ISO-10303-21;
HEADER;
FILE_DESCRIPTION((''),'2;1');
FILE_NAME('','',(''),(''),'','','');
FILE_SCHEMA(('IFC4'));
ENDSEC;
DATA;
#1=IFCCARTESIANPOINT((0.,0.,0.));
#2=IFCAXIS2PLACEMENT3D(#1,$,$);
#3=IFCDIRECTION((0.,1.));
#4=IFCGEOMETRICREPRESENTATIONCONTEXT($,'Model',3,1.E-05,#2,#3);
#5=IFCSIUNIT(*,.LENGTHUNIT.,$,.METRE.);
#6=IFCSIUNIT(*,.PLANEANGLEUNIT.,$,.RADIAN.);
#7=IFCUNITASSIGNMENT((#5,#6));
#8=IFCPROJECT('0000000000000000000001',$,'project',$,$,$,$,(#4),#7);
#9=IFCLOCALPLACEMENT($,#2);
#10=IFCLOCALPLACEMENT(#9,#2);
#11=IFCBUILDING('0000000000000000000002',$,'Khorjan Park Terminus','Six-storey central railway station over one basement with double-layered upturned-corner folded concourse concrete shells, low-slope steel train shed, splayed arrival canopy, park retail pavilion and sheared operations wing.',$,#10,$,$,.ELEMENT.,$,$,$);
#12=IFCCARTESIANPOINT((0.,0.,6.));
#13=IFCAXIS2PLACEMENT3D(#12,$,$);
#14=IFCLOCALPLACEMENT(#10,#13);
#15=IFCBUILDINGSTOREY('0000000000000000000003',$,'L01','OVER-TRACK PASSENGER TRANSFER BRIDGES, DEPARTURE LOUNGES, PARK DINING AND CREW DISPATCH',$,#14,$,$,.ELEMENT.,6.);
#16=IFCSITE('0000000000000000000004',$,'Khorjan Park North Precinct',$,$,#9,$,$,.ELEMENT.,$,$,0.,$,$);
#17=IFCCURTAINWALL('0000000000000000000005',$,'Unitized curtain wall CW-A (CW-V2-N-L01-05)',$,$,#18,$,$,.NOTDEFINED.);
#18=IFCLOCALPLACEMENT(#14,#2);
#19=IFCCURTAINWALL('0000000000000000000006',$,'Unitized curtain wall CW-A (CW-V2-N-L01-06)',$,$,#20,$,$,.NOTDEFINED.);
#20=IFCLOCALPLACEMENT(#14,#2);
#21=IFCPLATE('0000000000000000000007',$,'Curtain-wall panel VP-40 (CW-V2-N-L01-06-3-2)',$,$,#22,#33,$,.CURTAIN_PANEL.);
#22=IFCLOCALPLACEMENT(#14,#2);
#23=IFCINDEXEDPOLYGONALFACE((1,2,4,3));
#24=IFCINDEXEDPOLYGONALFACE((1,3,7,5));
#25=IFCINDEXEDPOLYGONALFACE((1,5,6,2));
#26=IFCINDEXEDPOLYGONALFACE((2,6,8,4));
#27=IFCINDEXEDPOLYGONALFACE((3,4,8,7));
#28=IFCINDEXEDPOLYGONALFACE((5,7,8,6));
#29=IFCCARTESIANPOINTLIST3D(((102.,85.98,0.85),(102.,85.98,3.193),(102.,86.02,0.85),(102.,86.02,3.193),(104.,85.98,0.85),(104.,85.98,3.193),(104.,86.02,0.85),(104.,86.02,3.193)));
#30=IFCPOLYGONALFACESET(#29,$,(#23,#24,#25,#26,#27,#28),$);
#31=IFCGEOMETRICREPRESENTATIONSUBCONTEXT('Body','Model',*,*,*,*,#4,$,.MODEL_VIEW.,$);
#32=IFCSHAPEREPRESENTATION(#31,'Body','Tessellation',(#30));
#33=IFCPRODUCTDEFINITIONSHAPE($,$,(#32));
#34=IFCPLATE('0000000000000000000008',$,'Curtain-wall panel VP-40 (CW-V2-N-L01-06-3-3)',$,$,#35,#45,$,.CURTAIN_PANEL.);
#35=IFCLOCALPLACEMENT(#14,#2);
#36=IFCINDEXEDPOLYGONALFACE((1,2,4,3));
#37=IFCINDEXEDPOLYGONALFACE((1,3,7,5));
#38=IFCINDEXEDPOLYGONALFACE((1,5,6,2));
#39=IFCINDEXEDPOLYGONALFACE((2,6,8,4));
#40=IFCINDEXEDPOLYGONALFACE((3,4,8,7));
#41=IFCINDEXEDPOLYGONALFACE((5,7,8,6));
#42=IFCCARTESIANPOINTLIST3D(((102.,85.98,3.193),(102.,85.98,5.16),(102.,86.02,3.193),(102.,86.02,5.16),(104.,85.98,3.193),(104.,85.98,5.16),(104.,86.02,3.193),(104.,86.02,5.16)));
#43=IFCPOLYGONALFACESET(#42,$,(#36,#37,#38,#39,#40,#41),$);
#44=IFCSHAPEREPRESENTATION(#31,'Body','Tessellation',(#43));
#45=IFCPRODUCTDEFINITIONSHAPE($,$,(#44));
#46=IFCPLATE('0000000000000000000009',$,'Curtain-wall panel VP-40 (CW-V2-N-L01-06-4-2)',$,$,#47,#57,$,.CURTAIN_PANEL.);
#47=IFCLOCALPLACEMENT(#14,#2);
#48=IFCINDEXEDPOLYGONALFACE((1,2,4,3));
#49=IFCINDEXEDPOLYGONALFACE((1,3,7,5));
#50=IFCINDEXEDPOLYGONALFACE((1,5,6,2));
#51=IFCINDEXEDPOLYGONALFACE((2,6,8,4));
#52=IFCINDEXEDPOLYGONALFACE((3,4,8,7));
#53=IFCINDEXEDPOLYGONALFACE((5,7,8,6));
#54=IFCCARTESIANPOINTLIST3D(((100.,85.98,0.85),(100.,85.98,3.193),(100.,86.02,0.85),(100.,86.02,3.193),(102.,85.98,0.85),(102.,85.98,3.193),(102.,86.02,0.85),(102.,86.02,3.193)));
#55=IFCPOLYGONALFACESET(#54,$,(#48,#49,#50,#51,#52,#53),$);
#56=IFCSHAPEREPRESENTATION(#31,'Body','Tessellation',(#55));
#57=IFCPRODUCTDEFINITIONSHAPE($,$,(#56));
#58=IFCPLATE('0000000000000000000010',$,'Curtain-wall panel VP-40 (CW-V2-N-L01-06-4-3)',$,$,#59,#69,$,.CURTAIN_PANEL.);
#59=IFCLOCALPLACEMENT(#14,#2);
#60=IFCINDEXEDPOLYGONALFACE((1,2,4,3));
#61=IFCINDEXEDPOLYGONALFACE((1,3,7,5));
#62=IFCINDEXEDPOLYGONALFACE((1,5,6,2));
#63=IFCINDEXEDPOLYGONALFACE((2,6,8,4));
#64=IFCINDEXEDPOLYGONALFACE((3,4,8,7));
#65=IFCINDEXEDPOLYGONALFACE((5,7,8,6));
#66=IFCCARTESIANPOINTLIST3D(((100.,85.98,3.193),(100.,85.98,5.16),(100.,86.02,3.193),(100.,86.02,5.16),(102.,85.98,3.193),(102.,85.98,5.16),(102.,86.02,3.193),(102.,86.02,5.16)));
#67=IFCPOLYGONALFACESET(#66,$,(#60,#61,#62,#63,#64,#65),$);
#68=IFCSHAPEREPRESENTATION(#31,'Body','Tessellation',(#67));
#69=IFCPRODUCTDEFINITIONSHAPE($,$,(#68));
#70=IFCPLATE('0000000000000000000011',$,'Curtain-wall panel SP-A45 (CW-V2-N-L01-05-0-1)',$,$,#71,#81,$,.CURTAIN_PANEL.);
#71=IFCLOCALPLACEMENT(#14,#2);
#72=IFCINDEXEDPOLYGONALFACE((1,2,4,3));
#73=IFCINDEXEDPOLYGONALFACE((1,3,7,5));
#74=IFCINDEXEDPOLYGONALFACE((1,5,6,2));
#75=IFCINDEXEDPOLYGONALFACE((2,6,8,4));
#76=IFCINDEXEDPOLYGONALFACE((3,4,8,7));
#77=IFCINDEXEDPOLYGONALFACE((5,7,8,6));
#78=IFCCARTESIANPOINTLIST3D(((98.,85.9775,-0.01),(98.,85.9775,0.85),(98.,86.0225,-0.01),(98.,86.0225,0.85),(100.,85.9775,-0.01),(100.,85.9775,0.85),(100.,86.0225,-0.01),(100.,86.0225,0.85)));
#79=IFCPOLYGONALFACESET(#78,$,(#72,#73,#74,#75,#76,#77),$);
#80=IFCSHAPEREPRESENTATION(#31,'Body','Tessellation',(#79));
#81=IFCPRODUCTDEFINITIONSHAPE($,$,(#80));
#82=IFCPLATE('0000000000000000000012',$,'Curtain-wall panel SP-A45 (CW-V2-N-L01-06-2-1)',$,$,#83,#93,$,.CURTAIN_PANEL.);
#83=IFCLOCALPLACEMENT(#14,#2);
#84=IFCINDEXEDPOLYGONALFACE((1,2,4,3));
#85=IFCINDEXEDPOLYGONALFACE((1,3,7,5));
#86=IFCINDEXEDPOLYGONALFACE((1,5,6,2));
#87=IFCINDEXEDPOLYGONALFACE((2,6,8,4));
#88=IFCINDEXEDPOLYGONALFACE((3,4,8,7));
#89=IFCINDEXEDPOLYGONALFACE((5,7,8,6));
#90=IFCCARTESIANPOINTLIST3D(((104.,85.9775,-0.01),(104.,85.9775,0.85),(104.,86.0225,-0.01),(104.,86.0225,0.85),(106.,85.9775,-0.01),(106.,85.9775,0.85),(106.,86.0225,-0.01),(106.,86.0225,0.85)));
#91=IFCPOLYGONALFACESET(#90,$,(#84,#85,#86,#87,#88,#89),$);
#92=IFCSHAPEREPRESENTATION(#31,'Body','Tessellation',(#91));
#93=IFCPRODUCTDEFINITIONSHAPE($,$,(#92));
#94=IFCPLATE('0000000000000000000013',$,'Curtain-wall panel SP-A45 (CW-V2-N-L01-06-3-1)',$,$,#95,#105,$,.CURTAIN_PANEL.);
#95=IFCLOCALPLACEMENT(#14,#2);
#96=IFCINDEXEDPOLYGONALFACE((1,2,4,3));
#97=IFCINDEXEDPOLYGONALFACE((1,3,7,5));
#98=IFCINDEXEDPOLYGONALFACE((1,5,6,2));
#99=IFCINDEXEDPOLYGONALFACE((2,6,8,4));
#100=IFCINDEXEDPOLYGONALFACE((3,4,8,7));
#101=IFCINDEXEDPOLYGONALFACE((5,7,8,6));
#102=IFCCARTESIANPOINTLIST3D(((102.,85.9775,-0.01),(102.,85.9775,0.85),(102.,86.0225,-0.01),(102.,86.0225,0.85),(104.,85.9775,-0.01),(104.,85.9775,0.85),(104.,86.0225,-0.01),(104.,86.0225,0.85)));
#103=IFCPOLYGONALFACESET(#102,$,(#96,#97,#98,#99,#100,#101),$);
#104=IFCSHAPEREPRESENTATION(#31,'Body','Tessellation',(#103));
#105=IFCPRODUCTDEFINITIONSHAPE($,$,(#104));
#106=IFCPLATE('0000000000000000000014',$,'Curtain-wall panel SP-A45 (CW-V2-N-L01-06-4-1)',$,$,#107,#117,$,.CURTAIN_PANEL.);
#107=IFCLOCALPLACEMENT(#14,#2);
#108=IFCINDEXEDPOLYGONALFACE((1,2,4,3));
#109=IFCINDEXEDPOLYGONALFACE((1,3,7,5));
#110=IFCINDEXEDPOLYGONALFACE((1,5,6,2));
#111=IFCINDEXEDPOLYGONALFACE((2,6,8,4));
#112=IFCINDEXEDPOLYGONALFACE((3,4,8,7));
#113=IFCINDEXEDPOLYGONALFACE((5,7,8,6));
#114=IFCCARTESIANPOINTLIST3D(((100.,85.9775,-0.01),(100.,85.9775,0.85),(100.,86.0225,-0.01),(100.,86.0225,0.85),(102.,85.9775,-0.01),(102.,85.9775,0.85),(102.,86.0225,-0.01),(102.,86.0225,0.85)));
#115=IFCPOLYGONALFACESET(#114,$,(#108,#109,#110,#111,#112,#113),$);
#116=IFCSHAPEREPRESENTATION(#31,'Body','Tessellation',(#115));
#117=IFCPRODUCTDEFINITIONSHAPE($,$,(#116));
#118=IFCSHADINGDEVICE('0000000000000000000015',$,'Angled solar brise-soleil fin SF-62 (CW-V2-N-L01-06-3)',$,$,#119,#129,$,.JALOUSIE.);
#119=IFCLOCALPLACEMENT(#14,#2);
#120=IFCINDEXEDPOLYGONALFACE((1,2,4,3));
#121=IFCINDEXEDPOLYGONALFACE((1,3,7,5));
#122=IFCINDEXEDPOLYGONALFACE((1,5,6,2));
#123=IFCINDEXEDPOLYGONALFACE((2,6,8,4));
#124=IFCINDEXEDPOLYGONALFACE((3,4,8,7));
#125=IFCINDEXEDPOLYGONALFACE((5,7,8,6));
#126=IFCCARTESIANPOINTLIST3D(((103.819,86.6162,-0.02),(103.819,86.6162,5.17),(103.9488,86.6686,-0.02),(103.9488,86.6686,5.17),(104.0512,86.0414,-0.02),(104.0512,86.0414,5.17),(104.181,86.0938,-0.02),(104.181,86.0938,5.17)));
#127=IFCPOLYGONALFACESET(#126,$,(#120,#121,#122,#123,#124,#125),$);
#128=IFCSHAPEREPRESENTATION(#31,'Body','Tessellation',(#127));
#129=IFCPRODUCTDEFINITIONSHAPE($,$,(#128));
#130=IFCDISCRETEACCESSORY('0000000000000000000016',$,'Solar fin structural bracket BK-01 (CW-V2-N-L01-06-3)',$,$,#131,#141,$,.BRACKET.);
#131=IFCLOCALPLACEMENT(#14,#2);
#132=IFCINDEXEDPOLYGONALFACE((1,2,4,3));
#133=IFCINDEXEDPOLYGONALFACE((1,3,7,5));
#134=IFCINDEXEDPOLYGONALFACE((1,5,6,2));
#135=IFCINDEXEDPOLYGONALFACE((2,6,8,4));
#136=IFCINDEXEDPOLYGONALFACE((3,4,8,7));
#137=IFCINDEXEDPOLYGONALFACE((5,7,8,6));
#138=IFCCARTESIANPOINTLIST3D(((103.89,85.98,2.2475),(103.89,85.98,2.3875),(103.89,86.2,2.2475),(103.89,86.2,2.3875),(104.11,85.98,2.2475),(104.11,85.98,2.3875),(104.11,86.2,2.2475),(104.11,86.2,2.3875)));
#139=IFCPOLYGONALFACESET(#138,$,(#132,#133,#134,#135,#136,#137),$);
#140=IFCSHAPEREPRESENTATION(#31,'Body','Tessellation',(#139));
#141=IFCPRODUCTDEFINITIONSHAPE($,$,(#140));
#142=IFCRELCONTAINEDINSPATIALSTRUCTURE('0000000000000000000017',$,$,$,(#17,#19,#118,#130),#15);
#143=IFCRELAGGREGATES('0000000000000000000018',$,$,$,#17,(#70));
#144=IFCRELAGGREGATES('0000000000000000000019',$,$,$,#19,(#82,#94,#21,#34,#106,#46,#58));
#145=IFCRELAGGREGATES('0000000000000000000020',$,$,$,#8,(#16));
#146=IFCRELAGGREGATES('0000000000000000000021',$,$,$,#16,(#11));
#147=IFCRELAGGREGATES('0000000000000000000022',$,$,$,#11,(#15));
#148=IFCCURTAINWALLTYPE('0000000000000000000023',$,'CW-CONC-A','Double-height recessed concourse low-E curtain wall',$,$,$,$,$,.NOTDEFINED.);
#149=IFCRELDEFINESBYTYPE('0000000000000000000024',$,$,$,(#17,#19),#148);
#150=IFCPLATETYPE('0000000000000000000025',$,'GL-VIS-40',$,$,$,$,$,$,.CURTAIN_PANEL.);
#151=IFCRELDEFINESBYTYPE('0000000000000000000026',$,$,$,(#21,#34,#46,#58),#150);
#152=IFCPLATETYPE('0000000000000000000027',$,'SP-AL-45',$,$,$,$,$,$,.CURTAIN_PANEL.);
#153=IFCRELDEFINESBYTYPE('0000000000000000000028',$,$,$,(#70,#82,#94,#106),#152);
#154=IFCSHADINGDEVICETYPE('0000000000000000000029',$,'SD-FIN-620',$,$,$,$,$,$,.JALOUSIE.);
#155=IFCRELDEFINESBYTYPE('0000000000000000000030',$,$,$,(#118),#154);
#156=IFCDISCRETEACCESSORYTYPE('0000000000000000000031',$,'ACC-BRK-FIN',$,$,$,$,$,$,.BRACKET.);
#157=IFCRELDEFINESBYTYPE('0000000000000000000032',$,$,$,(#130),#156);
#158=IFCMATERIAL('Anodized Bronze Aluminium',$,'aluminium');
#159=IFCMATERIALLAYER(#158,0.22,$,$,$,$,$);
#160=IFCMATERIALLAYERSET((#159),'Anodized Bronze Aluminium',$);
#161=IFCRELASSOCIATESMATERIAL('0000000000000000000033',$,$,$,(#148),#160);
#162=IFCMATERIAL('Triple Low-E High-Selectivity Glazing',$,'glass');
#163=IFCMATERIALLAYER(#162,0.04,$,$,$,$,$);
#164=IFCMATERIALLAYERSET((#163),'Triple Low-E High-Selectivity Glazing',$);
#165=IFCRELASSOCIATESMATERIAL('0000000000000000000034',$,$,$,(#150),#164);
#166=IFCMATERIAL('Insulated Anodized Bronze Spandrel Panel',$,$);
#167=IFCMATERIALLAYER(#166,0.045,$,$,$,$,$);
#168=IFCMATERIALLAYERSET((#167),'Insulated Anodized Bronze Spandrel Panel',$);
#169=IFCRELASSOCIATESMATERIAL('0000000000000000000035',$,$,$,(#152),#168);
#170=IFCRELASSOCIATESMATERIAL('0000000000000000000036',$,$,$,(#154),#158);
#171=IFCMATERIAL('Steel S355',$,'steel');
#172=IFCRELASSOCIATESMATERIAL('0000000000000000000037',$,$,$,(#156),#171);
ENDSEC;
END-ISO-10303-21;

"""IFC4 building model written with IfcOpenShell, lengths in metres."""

from ifc_helpers import new_model, si_unit, direction, frame, origin, origin_2d, place, context, subcontext, project, spatial, rectangle, extrude, material, layer, layer_set, type_object, element, aggregate, save


model = new_model("IFC4")

# Units and contexts
model_context = context("Model", 3, precision=1e-05, world=origin(), true_north=direction((0.0, 1.0)))
body_context = subcontext(model_context, "Body", "Model", "MODEL_VIEW")
ifc_project = project(units=[si_unit("LENGTHUNIT", "METRE"), si_unit("PLANEANGLEUNIT", "RADIAN")], contexts=[model_context])

# Site, building, storey
site_placement = place(None, origin())
site = spatial("IfcSite", under=ifc_project, at=site_placement, Name="Khorjan Park North Precinct", CompositionType="ELEMENT", RefElevation=0.0)
building_placement = place(site_placement, origin())
building = spatial("IfcBuilding", under=site, at=building_placement, Name="Khorjan Park Terminus", Description="Six-storey central railway station over one basement with double-layered upturned-corner folded concourse concrete shells, low-slope steel train shed, splayed arrival canopy, park retail pavilion and sheared operations wing.", CompositionType="ELEMENT")
storey_placement = place(building_placement, frame((0.0, 0.0, 6.0)))
storey = spatial("IfcBuildingStorey", under=building, at=storey_placement, Name="L01", Description="OVER-TRACK PASSENGER TRANSFER BRIDGES, DEPARTURE LOUNGES, PARK DINING AND CREW DISPATCH", CompositionType="ELEMENT", Elevation=6.0)

# Curtain wall
ifc_material_1 = material(Name="Anodized Bronze Aluminium", Category="aluminium")
ifc_layer_1 = layer(ifc_material_1, 0.22)
ifc_layer_set_1 = layer_set([ifc_layer_1], Name="Anodized Bronze Aluminium")
curtain_wall_type = type_object("IfcCurtainWallType", Name="CW-CONC-A", Description="Double-height recessed concourse low-E curtain wall", PredefinedType="NOTDEFINED", material=ifc_layer_set_1)
curtain_wall_1_placement = place(storey_placement, origin())
curtain_wall_1 = element("IfcCurtainWall", 1, at=curtain_wall_1_placement, inside=storey, type_object=curtain_wall_type, Name="Unitized curtain wall CW-A (CW-V2-N-L01-05)", PredefinedType="NOTDEFINED")

# Curtain wall
curtain_wall_2_placement = place(storey_placement, origin())
curtain_wall_2 = element("IfcCurtainWall", 2, at=curtain_wall_2_placement, inside=storey, type_object=curtain_wall_type, Name="Unitized curtain wall CW-A (CW-V2-N-L01-06)", PredefinedType="NOTDEFINED")

# Plates
ifc_material_2 = material(Name="Triple Low-E High-Selectivity Glazing", Category="glass")
ifc_layer_2 = layer(ifc_material_2, 0.04)
ifc_layer_set_2 = layer_set([ifc_layer_2], Name="Triple Low-E High-Selectivity Glazing")
plate_type_1 = type_object("IfcPlateType", Name="GL-VIS-40", PredefinedType="CURTAIN_PANEL", material=ifc_layer_set_2)
plate_1_placement = place(storey_placement, frame((103.0, 86.0, 0.85), z_axis=(0.0, 0.0, 1.0), x_axis=(-1.0, 0.0, 0.0)))
plate_1 = element("IfcPlate", 3, at=plate_1_placement, type_object=plate_type_1, Name="Curtain-wall panel VP-40 (CW-V2-N-L01-06-3-2)", PredefinedType="CURTAIN_PANEL", context=body_context, shape_type="SweptSolid", body=[
    extrude(rectangle(XDim=2.0, YDim=0.04, at=origin_2d()), origin(), (0.0, 0.0, 1.0), 2.343),
])
plate_2_placement = place(storey_placement, frame((103.0, 86.0, 3.193), z_axis=(0.0, 0.0, 1.0), x_axis=(-1.0, 0.0, 0.0)))
plate_2 = element("IfcPlate", 4, at=plate_2_placement, type_object=plate_type_1, Name="Curtain-wall panel VP-40 (CW-V2-N-L01-06-3-3)", PredefinedType="CURTAIN_PANEL", context=body_context, shape_type="SweptSolid", body=[
    extrude(rectangle(XDim=2.0, YDim=0.04, at=origin_2d()), origin(), (0.0, 0.0, 1.0), 1.967),
])
plate_3_placement = place(storey_placement, frame((101.0, 86.0, 0.85), z_axis=(0.0, 0.0, 1.0), x_axis=(-1.0, 0.0, 0.0)))
plate_3 = element("IfcPlate", 5, at=plate_3_placement, type_object=plate_type_1, Name="Curtain-wall panel VP-40 (CW-V2-N-L01-06-4-2)", PredefinedType="CURTAIN_PANEL", context=body_context, shape_type="SweptSolid", body=[
    extrude(rectangle(XDim=2.0, YDim=0.04, at=origin_2d()), origin(), (0.0, 0.0, 1.0), 2.343),
])
plate_4_placement = place(storey_placement, frame((101.0, 86.0, 3.193), z_axis=(0.0, 0.0, 1.0), x_axis=(-1.0, 0.0, 0.0)))
plate_4 = element("IfcPlate", 6, at=plate_4_placement, type_object=plate_type_1, Name="Curtain-wall panel VP-40 (CW-V2-N-L01-06-4-3)", PredefinedType="CURTAIN_PANEL", context=body_context, shape_type="SweptSolid", body=[
    extrude(rectangle(XDim=2.0, YDim=0.04, at=origin_2d()), origin(), (0.0, 0.0, 1.0), 1.967),
])
ifc_material_3 = material(Name="Insulated Anodized Bronze Spandrel Panel")
ifc_layer_3 = layer(ifc_material_3, 0.045)
ifc_layer_set_3 = layer_set([ifc_layer_3], Name="Insulated Anodized Bronze Spandrel Panel")
plate_type_2 = type_object("IfcPlateType", Name="SP-AL-45", PredefinedType="CURTAIN_PANEL", material=ifc_layer_set_3)
plate_5_placement = place(storey_placement, frame((99.0, 86.0, -0.01), z_axis=(0.0, 0.0, 1.0), x_axis=(-1.0, 0.0, 0.0)))
plate_5 = element("IfcPlate", 7, at=plate_5_placement, type_object=plate_type_2, Name="Curtain-wall panel SP-A45 (CW-V2-N-L01-05-0-1)", PredefinedType="CURTAIN_PANEL", context=body_context, shape_type="SweptSolid", body=[
    extrude(rectangle(XDim=2.0, YDim=0.045, at=origin_2d()), origin(), (0.0, 0.0, 1.0), 0.86),
])
aggregate(curtain_wall_1, [plate_5])
plate_6_placement = place(storey_placement, frame((105.0, 86.0, -0.01), z_axis=(0.0, 0.0, 1.0), x_axis=(-1.0, 0.0, 0.0)))
plate_6 = element("IfcPlate", 8, at=plate_6_placement, type_object=plate_type_2, Name="Curtain-wall panel SP-A45 (CW-V2-N-L01-06-2-1)", PredefinedType="CURTAIN_PANEL", context=body_context, shape_type="SweptSolid", body=[
    extrude(rectangle(XDim=2.0, YDim=0.045, at=origin_2d()), origin(), (0.0, 0.0, 1.0), 0.86),
])
plate_7_placement = place(storey_placement, frame((103.0, 86.0, -0.01), z_axis=(0.0, 0.0, 1.0), x_axis=(-1.0, 0.0, 0.0)))
plate_7 = element("IfcPlate", 9, at=plate_7_placement, type_object=plate_type_2, Name="Curtain-wall panel SP-A45 (CW-V2-N-L01-06-3-1)", PredefinedType="CURTAIN_PANEL", context=body_context, shape_type="SweptSolid", body=[
    extrude(rectangle(XDim=2.0, YDim=0.045, at=origin_2d()), origin(), (0.0, 0.0, 1.0), 0.86),
])
plate_8_placement = place(storey_placement, frame((101.0, 86.0, -0.01), z_axis=(0.0, 0.0, 1.0), x_axis=(-1.0, 0.0, 0.0)))
plate_8 = element("IfcPlate", 10, at=plate_8_placement, type_object=plate_type_2, Name="Curtain-wall panel SP-A45 (CW-V2-N-L01-06-4-1)", PredefinedType="CURTAIN_PANEL", context=body_context, shape_type="SweptSolid", body=[
    extrude(rectangle(XDim=2.0, YDim=0.045, at=origin_2d()), origin(), (0.0, 0.0, 1.0), 0.86),
])
aggregate(curtain_wall_2, [plate_6, plate_7, plate_1, plate_2, plate_8, plate_3, plate_4])

# Shading device
shading_device_type = type_object("IfcShadingDeviceType", Name="SD-FIN-620", PredefinedType="JALOUSIE", material=ifc_material_1)
shading_device_placement = place(storey_placement, frame((104.0, 86.355, -0.02), z_axis=(0.0, 0.0, 1.0), x_axis=(0.374607, -0.927184, 0.0)))
element("IfcShadingDevice", 11, at=shading_device_placement, inside=storey, type_object=shading_device_type, Name="Angled solar brise-soleil fin SF-62 (CW-V2-N-L01-06-3)", PredefinedType="JALOUSIE", context=body_context, shape_type="SweptSolid", body=[
    extrude(rectangle(XDim=0.62, YDim=0.14, at=origin_2d()), origin(), (0.0, 0.0, 1.0), 5.19),
])

# Discrete accessory
ifc_material_4 = material(Name="Steel S355", Category="steel")
discrete_accessory_type = type_object("IfcDiscreteAccessoryType", Name="ACC-BRK-FIN", PredefinedType="BRACKET", material=ifc_material_4)
discrete_accessory_placement = place(storey_placement, frame((104.0, 86.09, 2.2475), z_axis=(0.0, 0.0, 1.0), x_axis=(-1.0, 0.0, 0.0)))
element("IfcDiscreteAccessory", 12, at=discrete_accessory_placement, inside=storey, type_object=discrete_accessory_type, Name="Solar fin structural bracket BK-01 (CW-V2-N-L01-06-3)", PredefinedType="BRACKET", context=body_context, shape_type="SweptSolid", body=[
    extrude(rectangle(XDim=0.22, YDim=0.22, at=origin_2d()), origin(), (0.0, 0.0, 1.0), 0.14),
])

save(model, "model.ifc")
